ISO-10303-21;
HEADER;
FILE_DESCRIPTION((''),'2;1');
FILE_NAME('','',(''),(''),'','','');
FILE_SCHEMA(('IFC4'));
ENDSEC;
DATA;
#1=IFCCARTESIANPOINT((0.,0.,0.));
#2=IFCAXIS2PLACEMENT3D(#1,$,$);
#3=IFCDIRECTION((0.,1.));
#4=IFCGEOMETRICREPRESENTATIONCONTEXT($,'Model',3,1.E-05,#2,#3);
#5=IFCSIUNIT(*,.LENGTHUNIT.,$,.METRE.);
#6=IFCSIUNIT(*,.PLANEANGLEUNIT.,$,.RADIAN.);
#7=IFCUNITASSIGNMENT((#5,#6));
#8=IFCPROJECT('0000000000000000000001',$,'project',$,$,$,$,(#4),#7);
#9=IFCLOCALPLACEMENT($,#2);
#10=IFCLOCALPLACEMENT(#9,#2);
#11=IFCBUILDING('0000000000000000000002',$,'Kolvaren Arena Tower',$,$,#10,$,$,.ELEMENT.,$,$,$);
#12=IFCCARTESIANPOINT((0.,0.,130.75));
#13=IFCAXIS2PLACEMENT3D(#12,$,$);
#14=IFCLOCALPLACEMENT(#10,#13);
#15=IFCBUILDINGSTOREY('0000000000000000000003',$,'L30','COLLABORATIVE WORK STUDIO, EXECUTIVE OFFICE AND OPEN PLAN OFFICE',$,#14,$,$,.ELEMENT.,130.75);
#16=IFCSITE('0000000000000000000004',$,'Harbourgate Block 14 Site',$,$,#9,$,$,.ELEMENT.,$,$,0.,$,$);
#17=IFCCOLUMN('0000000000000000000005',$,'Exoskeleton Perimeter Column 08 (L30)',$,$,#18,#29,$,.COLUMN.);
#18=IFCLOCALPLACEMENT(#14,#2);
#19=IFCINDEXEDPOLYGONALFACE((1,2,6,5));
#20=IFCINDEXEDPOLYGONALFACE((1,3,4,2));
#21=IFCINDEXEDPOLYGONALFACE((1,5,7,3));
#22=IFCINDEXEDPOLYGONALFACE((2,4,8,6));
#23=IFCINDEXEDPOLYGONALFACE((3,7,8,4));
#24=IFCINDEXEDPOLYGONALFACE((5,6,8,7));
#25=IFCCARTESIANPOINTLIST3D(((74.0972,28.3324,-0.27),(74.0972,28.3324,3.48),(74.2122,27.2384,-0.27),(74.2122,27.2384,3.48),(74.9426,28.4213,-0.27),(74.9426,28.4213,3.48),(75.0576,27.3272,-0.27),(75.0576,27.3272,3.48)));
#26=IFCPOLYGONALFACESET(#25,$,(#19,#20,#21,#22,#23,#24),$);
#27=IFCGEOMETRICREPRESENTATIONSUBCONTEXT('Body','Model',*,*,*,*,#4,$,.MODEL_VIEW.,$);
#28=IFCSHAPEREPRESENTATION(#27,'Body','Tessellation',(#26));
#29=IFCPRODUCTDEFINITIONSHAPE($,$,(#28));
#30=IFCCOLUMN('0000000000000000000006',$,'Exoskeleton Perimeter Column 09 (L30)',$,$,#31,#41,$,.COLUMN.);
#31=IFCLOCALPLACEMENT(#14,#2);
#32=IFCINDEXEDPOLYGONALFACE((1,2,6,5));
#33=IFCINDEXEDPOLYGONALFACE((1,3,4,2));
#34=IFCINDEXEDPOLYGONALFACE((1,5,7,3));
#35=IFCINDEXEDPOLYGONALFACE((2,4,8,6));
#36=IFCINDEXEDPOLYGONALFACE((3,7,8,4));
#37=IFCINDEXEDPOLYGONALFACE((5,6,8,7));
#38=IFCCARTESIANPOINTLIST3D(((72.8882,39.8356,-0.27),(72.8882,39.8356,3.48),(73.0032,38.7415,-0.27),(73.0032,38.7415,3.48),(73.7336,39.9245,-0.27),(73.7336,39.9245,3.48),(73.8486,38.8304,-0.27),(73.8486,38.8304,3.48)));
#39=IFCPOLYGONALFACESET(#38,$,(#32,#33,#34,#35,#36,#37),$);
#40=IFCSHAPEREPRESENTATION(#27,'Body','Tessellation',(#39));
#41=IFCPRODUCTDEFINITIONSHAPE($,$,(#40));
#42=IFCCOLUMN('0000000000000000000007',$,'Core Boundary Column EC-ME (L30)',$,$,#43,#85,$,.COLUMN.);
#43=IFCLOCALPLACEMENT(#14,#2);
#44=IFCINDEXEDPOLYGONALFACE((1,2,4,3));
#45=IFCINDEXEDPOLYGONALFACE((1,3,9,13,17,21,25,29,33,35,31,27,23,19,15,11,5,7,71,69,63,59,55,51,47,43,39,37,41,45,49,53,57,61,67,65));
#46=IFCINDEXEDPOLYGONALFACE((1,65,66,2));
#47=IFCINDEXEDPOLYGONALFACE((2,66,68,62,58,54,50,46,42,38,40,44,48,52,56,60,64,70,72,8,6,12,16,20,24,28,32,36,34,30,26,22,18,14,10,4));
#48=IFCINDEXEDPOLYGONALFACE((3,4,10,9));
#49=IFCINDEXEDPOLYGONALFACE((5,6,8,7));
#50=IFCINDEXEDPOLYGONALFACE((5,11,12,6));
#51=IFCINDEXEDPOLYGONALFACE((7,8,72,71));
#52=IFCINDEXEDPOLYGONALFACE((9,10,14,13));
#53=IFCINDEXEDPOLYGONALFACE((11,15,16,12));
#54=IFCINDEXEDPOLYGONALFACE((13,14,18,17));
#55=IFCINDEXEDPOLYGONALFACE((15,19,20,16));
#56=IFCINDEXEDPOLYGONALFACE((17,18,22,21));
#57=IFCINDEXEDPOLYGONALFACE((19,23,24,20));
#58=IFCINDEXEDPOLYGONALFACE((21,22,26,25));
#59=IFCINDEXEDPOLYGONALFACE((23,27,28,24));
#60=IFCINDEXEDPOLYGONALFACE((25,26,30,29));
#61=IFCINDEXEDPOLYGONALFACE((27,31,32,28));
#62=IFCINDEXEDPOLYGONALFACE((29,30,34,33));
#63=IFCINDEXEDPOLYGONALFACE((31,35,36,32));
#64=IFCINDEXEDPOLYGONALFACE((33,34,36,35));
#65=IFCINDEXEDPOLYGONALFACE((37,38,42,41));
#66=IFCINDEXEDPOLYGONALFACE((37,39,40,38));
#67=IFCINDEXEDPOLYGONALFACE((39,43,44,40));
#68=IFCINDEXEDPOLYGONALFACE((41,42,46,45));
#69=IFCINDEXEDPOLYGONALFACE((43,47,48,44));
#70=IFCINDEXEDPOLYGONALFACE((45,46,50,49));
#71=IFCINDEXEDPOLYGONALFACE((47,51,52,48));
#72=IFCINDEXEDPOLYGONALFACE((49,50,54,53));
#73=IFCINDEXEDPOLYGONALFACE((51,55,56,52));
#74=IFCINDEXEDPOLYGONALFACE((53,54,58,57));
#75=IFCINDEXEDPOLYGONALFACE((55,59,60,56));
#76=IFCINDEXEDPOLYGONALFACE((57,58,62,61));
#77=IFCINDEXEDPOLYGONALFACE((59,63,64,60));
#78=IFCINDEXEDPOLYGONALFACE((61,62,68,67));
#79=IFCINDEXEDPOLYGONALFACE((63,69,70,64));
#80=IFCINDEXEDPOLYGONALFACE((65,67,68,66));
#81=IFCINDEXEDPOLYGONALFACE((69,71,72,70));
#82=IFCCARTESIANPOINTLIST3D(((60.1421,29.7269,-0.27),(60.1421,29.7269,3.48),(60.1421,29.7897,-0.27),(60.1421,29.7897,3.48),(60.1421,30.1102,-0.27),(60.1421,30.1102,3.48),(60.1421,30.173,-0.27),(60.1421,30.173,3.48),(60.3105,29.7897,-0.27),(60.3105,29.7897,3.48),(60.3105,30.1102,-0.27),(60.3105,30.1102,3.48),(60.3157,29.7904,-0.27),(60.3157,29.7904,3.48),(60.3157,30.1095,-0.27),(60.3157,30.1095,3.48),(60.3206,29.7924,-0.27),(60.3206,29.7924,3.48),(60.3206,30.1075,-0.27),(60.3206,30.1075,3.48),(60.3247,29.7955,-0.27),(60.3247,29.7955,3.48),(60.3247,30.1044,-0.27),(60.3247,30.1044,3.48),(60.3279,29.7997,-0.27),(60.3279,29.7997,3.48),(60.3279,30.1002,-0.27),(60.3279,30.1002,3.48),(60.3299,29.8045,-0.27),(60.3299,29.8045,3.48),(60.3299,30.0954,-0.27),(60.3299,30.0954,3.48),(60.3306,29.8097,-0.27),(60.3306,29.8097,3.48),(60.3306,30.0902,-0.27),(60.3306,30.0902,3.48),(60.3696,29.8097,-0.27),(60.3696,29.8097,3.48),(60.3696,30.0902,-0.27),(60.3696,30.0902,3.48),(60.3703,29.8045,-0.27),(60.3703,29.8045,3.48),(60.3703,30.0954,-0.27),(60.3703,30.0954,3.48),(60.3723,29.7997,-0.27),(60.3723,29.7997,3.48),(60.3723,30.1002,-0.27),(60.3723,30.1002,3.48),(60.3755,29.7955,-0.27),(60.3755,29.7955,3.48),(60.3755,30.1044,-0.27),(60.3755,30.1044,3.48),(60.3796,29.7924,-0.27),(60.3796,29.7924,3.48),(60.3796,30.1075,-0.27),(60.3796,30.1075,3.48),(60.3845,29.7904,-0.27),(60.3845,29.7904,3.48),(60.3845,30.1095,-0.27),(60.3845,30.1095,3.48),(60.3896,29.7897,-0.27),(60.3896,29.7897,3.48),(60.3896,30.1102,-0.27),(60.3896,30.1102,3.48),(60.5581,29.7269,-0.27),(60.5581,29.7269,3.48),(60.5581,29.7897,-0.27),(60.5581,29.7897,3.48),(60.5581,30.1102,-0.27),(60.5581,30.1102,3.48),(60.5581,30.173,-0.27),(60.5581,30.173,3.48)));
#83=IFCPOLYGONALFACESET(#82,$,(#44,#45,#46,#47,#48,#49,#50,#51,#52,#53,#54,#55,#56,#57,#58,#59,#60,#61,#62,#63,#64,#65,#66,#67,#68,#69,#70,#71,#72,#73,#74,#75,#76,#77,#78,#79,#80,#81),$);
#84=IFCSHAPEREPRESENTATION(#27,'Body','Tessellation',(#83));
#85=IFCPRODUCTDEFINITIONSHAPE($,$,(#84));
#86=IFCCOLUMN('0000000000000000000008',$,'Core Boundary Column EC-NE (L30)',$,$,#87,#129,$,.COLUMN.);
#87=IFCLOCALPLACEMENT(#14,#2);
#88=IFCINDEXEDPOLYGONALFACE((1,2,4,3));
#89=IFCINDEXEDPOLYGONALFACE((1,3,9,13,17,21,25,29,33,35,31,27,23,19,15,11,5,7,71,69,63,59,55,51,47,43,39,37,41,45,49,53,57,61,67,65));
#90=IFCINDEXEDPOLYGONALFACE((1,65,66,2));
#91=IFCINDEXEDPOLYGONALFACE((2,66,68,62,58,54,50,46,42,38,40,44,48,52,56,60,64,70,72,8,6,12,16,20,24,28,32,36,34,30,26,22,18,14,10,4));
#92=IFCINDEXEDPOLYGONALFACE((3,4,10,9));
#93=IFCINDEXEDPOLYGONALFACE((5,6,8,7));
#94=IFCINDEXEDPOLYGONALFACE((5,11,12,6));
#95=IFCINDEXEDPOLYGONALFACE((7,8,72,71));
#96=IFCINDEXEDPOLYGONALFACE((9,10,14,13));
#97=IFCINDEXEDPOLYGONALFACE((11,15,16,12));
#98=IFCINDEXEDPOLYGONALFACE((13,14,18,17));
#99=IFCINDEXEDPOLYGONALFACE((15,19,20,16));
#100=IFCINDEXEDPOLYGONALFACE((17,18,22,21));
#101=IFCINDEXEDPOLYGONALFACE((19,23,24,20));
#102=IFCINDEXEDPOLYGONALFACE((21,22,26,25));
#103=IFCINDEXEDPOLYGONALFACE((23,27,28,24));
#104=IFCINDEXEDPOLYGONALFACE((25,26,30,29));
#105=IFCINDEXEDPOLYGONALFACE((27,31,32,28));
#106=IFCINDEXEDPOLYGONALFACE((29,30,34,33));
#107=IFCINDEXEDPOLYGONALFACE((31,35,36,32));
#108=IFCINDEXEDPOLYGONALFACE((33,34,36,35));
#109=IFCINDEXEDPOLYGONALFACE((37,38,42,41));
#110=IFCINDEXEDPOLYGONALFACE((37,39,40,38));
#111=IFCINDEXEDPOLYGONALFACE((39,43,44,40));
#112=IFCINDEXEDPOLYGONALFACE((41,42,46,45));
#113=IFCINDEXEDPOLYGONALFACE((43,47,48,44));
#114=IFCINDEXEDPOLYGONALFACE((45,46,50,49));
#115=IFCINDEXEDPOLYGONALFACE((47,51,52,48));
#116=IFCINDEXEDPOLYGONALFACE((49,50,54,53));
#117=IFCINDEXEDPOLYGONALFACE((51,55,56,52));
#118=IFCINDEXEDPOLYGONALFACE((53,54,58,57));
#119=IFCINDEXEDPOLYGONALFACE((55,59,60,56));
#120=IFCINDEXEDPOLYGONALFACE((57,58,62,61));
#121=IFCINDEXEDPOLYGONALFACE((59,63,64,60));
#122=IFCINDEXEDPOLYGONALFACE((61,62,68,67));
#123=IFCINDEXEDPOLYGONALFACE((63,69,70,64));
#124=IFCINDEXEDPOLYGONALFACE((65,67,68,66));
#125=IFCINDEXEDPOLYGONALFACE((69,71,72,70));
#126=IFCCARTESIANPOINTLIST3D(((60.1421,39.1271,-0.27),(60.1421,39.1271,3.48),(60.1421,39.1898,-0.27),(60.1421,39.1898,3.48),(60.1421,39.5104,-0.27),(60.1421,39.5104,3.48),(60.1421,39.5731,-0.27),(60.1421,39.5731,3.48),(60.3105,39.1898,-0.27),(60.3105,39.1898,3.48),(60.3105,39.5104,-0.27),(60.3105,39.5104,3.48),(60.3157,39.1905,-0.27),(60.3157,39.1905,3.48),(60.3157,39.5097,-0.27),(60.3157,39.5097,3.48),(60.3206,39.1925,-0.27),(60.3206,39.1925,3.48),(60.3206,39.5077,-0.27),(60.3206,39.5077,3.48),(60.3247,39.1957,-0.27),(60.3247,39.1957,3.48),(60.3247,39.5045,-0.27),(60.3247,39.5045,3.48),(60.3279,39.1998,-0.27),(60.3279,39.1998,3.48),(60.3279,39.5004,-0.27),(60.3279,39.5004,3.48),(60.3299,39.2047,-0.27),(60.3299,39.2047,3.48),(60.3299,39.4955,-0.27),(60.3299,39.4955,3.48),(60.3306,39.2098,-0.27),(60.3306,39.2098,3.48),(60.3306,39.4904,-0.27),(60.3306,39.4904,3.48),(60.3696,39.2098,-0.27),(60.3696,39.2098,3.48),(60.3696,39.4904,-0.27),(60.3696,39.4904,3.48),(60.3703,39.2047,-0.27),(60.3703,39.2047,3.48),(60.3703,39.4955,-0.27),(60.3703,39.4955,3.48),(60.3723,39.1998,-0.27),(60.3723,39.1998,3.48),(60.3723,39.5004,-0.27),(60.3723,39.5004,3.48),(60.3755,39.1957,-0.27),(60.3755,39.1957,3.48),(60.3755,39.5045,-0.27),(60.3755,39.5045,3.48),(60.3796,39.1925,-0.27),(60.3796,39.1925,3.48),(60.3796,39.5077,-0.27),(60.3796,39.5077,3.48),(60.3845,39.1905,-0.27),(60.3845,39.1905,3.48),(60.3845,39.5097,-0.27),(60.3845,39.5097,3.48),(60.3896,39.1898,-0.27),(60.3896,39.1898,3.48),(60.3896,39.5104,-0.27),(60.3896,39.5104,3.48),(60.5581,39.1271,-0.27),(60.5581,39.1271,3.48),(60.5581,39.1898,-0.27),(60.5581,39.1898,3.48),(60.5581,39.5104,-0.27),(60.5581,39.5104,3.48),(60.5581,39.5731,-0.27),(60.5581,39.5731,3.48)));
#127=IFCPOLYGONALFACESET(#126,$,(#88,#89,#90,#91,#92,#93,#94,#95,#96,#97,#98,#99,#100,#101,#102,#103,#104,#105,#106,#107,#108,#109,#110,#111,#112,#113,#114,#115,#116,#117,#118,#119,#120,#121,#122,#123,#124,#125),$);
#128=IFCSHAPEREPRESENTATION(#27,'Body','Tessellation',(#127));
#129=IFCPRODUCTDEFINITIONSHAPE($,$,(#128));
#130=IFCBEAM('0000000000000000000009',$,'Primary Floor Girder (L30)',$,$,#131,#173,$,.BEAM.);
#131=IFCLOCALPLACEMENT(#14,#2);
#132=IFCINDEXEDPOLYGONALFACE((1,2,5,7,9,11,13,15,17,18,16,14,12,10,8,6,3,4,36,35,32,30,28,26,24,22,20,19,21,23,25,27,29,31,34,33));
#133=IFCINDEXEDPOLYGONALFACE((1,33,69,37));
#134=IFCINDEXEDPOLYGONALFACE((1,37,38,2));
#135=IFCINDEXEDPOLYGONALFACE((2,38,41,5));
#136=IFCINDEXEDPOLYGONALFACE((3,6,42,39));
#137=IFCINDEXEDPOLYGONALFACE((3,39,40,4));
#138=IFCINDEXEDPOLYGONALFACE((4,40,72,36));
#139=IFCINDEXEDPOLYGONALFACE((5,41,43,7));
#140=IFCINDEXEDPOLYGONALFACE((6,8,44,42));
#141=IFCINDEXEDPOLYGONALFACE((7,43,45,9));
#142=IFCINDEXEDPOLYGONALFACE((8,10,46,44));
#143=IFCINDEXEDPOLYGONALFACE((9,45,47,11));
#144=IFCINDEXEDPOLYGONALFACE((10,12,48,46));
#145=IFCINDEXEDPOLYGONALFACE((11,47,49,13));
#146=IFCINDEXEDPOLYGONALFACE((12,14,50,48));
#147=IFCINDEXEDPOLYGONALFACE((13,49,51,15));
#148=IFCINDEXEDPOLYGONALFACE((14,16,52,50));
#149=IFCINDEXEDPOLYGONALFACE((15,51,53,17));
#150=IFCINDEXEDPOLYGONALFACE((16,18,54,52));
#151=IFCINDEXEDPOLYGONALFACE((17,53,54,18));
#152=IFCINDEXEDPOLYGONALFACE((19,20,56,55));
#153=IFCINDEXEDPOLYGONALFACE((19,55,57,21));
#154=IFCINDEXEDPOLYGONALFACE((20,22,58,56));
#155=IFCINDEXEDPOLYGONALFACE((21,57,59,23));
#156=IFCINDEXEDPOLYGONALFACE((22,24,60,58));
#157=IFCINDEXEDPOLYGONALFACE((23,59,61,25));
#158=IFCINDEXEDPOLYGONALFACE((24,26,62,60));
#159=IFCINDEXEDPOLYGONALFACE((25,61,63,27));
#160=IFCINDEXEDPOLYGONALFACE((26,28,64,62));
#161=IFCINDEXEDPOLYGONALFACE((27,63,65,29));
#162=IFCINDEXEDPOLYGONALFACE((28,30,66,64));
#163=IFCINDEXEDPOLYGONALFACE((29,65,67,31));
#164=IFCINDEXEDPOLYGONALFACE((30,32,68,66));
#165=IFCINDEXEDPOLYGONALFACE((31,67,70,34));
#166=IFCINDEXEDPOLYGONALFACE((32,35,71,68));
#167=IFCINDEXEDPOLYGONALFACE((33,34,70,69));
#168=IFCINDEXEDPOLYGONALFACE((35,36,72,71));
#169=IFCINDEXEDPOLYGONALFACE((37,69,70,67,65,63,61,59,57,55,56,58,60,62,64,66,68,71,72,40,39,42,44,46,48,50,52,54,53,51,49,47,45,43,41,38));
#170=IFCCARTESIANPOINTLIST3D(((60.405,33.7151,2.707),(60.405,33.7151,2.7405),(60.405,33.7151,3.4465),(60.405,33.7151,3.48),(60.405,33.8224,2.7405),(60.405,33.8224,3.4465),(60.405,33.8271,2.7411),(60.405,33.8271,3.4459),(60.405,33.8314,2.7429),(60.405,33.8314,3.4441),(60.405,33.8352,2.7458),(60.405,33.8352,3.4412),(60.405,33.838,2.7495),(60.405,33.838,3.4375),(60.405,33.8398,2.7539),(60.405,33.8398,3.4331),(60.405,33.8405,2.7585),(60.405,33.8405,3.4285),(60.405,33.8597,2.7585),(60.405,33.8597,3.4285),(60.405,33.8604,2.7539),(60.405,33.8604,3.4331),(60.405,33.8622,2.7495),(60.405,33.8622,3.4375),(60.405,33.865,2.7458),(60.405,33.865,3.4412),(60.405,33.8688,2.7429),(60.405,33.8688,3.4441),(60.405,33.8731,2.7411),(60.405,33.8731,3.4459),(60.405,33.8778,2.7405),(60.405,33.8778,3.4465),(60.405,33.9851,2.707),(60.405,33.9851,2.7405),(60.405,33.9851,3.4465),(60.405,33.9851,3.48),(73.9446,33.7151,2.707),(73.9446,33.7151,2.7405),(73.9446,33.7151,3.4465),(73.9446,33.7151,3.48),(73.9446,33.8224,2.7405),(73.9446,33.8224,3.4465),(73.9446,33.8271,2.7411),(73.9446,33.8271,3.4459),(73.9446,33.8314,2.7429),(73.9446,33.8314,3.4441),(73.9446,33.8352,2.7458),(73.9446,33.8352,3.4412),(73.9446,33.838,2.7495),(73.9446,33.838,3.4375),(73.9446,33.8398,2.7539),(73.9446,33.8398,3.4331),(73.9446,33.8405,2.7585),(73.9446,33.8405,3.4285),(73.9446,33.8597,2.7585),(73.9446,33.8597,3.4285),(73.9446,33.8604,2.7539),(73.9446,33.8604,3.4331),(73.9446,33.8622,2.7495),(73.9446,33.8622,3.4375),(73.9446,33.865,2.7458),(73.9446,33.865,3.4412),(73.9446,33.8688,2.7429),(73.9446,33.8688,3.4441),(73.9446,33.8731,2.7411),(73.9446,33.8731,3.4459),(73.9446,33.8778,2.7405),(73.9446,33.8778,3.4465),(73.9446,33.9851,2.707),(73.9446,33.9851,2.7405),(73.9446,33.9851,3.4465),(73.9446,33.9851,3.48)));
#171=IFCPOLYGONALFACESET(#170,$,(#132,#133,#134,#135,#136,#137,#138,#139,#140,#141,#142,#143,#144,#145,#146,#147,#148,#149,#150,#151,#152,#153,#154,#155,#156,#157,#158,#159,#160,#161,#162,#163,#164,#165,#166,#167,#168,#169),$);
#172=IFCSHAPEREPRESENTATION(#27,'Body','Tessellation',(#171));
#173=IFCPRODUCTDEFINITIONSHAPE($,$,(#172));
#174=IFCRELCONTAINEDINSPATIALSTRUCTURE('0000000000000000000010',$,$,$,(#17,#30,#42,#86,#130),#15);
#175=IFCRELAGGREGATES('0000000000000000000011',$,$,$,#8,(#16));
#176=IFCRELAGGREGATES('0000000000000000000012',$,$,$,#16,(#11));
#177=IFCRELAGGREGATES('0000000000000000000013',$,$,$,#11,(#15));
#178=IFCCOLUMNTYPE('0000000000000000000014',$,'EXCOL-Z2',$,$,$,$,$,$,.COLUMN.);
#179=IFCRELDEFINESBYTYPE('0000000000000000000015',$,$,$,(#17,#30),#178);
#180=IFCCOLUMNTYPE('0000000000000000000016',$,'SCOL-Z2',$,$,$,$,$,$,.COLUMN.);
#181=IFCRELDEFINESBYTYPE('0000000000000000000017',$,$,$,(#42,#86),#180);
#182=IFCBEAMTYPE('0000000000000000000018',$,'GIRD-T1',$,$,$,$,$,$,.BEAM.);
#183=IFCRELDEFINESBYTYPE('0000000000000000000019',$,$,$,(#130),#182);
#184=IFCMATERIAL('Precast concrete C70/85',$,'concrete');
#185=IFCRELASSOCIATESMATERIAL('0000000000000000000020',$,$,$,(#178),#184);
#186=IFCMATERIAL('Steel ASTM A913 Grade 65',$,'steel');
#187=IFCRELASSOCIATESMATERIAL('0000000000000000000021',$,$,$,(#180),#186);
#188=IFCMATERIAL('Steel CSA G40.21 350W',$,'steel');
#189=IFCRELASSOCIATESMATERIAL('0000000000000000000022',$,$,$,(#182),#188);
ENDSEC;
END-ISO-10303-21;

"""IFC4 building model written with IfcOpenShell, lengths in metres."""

from ifc_helpers import new_model, si_unit, direction, frame, origin, origin_2d, place, context, subcontext, project, spatial, rectangle, i_section, extrude, material, material_profile, profile_set, type_object, element, save


model = new_model("IFC4")

# Units and contexts
model_context = context("Model", 3, precision=1e-05, world=origin(), true_north=direction((0.0, 1.0)))
body_context = subcontext(model_context, "Body", "Model", "MODEL_VIEW")
ifc_project = project(units=[si_unit("LENGTHUNIT", "METRE"), si_unit("PLANEANGLEUNIT", "RADIAN")], contexts=[model_context])

# Site, building, storey
site_placement = place(None, origin())
site = spatial("IfcSite", under=ifc_project, at=site_placement, Name="Harbourgate Block 14 Site", CompositionType="ELEMENT", RefElevation=0.0)
building_placement = place(site_placement, origin())
building = spatial("IfcBuilding", under=site, at=building_placement, Name="Kolvaren Arena Tower", CompositionType="ELEMENT")
storey_placement = place(building_placement, frame((0.0, 0.0, 130.75)))
storey = spatial("IfcBuildingStorey", under=building, at=storey_placement, Name="L30", Description="COLLABORATIVE WORK STUDIO, EXECUTIVE OFFICE AND OPEN PLAN OFFICE", CompositionType="ELEMENT", Elevation=130.75)

# Columns
ifc_material_1 = material(Name="Precast concrete C70/85", Category="concrete")
ifc_material_profile_1 = material_profile(ifc_material_1, rectangle(XDim=1.1001, YDim=0.8501, at=origin_2d()), Name="RC-1100x850")
ifc_profile_set_1 = profile_set([ifc_material_profile_1], Name="Precast concrete C70/85")
column_type_1 = type_object("IfcColumnType", Name="EXCOL-Z2", PredefinedType="COLUMN", material=ifc_profile_set_1)
for number, where, z_axis, x_axis, name in (
    (1, (74.5774, 27.8298, -0.27), (0.0, 0.0, 1.0), (-0.104528, 0.994522, 0.0), "Exoskeleton Perimeter Column 08 (L30)"),
    (2, (73.3684, 39.333, -0.27), (0.0, 0.0, 1.0), (-0.104528, 0.994522, 0.0), "Exoskeleton Perimeter Column 09 (L30)"),
):
    element("IfcColumn", number, at=place(storey_placement, frame(where, z_axis=z_axis, x_axis=x_axis)), inside=storey, type_object=column_type_1, Name=name, PredefinedType="COLUMN", context=body_context, shape_type="SweptSolid", body=[
        extrude(rectangle(XDim=1.1001, YDim=0.8501, at=origin_2d()), origin(), (0.0, 0.0, 1.0), 3.75),
    ])
ifc_material_2 = material(Name="Steel ASTM A913 Grade 65", Category="steel")
ifc_material_profile_2 = material_profile(ifc_material_2, i_section(OverallWidth=0.416, OverallDepth=0.446, WebThickness=0.0391, FlangeThickness=0.0627, FilletRadius=0.02, at=origin_2d()), Name="W360x509")
ifc_profile_set_2 = profile_set([ifc_material_profile_2], Name="Steel ASTM A913 Grade 65")
column_type_2 = type_object("IfcColumnType", Name="SCOL-Z2", PredefinedType="COLUMN", material=ifc_profile_set_2)
for number, where, z_axis, x_axis, name in (
    (3, (60.3501, 29.95, -0.27), (0.0, 0.0, 1.0), (1.0, 0.0, 0.0), "Core Boundary Column EC-ME (L30)"),
    (4, (60.3501, 39.3501, -0.27), (0.0, 0.0, 1.0), (1.0, 0.0, 0.0), "Core Boundary Column EC-NE (L30)"),
):
    element("IfcColumn", number, at=place(storey_placement, frame(where, z_axis=z_axis, x_axis=x_axis)), inside=storey, type_object=column_type_2, Name=name, PredefinedType="COLUMN", context=body_context, shape_type="SweptSolid", body=[
        extrude(i_section(OverallWidth=0.416, OverallDepth=0.446, WebThickness=0.0391, FlangeThickness=0.0627, FilletRadius=0.02, at=origin_2d()), origin(), (0.0, 0.0, 1.0), 3.75),
    ])

# Beam
ifc_material_3 = material(Name="Steel CSA G40.21 350W", Category="steel")
ifc_material_profile_3 = material_profile(ifc_material_3, i_section(OverallWidth=0.27, OverallDepth=0.7729, WebThickness=0.0193, FlangeThickness=0.0334, FilletRadius=0.0181, at=origin_2d()), Name="W760x257")
ifc_profile_set_3 = profile_set([ifc_material_profile_3], Name="Steel CSA G40.21 350W")
beam_type_1 = type_object("IfcBeamType", Name="GIRD-T1", PredefinedType="BEAM", material=ifc_profile_set_3)
beam_1_placement = place(storey_placement, frame((60.405, 33.8501, 3.0935), z_axis=(1.0, 0.0, 0.0), x_axis=(0.0, 1.0, 0.0)))
element("IfcBeam", 5, at=beam_1_placement, inside=storey, type_object=beam_type_1, Name="Primary Floor Girder (L30)", PredefinedType="BEAM", context=body_context, shape_type="SweptSolid", body=[
    extrude(i_section(OverallWidth=0.27, OverallDepth=0.7729, WebThickness=0.0193, FlangeThickness=0.0334, FilletRadius=0.0181, at=origin_2d()), origin(), (0.0, 0.0, 1.0), 13.5396),
])

save(model, "model.ifc")
